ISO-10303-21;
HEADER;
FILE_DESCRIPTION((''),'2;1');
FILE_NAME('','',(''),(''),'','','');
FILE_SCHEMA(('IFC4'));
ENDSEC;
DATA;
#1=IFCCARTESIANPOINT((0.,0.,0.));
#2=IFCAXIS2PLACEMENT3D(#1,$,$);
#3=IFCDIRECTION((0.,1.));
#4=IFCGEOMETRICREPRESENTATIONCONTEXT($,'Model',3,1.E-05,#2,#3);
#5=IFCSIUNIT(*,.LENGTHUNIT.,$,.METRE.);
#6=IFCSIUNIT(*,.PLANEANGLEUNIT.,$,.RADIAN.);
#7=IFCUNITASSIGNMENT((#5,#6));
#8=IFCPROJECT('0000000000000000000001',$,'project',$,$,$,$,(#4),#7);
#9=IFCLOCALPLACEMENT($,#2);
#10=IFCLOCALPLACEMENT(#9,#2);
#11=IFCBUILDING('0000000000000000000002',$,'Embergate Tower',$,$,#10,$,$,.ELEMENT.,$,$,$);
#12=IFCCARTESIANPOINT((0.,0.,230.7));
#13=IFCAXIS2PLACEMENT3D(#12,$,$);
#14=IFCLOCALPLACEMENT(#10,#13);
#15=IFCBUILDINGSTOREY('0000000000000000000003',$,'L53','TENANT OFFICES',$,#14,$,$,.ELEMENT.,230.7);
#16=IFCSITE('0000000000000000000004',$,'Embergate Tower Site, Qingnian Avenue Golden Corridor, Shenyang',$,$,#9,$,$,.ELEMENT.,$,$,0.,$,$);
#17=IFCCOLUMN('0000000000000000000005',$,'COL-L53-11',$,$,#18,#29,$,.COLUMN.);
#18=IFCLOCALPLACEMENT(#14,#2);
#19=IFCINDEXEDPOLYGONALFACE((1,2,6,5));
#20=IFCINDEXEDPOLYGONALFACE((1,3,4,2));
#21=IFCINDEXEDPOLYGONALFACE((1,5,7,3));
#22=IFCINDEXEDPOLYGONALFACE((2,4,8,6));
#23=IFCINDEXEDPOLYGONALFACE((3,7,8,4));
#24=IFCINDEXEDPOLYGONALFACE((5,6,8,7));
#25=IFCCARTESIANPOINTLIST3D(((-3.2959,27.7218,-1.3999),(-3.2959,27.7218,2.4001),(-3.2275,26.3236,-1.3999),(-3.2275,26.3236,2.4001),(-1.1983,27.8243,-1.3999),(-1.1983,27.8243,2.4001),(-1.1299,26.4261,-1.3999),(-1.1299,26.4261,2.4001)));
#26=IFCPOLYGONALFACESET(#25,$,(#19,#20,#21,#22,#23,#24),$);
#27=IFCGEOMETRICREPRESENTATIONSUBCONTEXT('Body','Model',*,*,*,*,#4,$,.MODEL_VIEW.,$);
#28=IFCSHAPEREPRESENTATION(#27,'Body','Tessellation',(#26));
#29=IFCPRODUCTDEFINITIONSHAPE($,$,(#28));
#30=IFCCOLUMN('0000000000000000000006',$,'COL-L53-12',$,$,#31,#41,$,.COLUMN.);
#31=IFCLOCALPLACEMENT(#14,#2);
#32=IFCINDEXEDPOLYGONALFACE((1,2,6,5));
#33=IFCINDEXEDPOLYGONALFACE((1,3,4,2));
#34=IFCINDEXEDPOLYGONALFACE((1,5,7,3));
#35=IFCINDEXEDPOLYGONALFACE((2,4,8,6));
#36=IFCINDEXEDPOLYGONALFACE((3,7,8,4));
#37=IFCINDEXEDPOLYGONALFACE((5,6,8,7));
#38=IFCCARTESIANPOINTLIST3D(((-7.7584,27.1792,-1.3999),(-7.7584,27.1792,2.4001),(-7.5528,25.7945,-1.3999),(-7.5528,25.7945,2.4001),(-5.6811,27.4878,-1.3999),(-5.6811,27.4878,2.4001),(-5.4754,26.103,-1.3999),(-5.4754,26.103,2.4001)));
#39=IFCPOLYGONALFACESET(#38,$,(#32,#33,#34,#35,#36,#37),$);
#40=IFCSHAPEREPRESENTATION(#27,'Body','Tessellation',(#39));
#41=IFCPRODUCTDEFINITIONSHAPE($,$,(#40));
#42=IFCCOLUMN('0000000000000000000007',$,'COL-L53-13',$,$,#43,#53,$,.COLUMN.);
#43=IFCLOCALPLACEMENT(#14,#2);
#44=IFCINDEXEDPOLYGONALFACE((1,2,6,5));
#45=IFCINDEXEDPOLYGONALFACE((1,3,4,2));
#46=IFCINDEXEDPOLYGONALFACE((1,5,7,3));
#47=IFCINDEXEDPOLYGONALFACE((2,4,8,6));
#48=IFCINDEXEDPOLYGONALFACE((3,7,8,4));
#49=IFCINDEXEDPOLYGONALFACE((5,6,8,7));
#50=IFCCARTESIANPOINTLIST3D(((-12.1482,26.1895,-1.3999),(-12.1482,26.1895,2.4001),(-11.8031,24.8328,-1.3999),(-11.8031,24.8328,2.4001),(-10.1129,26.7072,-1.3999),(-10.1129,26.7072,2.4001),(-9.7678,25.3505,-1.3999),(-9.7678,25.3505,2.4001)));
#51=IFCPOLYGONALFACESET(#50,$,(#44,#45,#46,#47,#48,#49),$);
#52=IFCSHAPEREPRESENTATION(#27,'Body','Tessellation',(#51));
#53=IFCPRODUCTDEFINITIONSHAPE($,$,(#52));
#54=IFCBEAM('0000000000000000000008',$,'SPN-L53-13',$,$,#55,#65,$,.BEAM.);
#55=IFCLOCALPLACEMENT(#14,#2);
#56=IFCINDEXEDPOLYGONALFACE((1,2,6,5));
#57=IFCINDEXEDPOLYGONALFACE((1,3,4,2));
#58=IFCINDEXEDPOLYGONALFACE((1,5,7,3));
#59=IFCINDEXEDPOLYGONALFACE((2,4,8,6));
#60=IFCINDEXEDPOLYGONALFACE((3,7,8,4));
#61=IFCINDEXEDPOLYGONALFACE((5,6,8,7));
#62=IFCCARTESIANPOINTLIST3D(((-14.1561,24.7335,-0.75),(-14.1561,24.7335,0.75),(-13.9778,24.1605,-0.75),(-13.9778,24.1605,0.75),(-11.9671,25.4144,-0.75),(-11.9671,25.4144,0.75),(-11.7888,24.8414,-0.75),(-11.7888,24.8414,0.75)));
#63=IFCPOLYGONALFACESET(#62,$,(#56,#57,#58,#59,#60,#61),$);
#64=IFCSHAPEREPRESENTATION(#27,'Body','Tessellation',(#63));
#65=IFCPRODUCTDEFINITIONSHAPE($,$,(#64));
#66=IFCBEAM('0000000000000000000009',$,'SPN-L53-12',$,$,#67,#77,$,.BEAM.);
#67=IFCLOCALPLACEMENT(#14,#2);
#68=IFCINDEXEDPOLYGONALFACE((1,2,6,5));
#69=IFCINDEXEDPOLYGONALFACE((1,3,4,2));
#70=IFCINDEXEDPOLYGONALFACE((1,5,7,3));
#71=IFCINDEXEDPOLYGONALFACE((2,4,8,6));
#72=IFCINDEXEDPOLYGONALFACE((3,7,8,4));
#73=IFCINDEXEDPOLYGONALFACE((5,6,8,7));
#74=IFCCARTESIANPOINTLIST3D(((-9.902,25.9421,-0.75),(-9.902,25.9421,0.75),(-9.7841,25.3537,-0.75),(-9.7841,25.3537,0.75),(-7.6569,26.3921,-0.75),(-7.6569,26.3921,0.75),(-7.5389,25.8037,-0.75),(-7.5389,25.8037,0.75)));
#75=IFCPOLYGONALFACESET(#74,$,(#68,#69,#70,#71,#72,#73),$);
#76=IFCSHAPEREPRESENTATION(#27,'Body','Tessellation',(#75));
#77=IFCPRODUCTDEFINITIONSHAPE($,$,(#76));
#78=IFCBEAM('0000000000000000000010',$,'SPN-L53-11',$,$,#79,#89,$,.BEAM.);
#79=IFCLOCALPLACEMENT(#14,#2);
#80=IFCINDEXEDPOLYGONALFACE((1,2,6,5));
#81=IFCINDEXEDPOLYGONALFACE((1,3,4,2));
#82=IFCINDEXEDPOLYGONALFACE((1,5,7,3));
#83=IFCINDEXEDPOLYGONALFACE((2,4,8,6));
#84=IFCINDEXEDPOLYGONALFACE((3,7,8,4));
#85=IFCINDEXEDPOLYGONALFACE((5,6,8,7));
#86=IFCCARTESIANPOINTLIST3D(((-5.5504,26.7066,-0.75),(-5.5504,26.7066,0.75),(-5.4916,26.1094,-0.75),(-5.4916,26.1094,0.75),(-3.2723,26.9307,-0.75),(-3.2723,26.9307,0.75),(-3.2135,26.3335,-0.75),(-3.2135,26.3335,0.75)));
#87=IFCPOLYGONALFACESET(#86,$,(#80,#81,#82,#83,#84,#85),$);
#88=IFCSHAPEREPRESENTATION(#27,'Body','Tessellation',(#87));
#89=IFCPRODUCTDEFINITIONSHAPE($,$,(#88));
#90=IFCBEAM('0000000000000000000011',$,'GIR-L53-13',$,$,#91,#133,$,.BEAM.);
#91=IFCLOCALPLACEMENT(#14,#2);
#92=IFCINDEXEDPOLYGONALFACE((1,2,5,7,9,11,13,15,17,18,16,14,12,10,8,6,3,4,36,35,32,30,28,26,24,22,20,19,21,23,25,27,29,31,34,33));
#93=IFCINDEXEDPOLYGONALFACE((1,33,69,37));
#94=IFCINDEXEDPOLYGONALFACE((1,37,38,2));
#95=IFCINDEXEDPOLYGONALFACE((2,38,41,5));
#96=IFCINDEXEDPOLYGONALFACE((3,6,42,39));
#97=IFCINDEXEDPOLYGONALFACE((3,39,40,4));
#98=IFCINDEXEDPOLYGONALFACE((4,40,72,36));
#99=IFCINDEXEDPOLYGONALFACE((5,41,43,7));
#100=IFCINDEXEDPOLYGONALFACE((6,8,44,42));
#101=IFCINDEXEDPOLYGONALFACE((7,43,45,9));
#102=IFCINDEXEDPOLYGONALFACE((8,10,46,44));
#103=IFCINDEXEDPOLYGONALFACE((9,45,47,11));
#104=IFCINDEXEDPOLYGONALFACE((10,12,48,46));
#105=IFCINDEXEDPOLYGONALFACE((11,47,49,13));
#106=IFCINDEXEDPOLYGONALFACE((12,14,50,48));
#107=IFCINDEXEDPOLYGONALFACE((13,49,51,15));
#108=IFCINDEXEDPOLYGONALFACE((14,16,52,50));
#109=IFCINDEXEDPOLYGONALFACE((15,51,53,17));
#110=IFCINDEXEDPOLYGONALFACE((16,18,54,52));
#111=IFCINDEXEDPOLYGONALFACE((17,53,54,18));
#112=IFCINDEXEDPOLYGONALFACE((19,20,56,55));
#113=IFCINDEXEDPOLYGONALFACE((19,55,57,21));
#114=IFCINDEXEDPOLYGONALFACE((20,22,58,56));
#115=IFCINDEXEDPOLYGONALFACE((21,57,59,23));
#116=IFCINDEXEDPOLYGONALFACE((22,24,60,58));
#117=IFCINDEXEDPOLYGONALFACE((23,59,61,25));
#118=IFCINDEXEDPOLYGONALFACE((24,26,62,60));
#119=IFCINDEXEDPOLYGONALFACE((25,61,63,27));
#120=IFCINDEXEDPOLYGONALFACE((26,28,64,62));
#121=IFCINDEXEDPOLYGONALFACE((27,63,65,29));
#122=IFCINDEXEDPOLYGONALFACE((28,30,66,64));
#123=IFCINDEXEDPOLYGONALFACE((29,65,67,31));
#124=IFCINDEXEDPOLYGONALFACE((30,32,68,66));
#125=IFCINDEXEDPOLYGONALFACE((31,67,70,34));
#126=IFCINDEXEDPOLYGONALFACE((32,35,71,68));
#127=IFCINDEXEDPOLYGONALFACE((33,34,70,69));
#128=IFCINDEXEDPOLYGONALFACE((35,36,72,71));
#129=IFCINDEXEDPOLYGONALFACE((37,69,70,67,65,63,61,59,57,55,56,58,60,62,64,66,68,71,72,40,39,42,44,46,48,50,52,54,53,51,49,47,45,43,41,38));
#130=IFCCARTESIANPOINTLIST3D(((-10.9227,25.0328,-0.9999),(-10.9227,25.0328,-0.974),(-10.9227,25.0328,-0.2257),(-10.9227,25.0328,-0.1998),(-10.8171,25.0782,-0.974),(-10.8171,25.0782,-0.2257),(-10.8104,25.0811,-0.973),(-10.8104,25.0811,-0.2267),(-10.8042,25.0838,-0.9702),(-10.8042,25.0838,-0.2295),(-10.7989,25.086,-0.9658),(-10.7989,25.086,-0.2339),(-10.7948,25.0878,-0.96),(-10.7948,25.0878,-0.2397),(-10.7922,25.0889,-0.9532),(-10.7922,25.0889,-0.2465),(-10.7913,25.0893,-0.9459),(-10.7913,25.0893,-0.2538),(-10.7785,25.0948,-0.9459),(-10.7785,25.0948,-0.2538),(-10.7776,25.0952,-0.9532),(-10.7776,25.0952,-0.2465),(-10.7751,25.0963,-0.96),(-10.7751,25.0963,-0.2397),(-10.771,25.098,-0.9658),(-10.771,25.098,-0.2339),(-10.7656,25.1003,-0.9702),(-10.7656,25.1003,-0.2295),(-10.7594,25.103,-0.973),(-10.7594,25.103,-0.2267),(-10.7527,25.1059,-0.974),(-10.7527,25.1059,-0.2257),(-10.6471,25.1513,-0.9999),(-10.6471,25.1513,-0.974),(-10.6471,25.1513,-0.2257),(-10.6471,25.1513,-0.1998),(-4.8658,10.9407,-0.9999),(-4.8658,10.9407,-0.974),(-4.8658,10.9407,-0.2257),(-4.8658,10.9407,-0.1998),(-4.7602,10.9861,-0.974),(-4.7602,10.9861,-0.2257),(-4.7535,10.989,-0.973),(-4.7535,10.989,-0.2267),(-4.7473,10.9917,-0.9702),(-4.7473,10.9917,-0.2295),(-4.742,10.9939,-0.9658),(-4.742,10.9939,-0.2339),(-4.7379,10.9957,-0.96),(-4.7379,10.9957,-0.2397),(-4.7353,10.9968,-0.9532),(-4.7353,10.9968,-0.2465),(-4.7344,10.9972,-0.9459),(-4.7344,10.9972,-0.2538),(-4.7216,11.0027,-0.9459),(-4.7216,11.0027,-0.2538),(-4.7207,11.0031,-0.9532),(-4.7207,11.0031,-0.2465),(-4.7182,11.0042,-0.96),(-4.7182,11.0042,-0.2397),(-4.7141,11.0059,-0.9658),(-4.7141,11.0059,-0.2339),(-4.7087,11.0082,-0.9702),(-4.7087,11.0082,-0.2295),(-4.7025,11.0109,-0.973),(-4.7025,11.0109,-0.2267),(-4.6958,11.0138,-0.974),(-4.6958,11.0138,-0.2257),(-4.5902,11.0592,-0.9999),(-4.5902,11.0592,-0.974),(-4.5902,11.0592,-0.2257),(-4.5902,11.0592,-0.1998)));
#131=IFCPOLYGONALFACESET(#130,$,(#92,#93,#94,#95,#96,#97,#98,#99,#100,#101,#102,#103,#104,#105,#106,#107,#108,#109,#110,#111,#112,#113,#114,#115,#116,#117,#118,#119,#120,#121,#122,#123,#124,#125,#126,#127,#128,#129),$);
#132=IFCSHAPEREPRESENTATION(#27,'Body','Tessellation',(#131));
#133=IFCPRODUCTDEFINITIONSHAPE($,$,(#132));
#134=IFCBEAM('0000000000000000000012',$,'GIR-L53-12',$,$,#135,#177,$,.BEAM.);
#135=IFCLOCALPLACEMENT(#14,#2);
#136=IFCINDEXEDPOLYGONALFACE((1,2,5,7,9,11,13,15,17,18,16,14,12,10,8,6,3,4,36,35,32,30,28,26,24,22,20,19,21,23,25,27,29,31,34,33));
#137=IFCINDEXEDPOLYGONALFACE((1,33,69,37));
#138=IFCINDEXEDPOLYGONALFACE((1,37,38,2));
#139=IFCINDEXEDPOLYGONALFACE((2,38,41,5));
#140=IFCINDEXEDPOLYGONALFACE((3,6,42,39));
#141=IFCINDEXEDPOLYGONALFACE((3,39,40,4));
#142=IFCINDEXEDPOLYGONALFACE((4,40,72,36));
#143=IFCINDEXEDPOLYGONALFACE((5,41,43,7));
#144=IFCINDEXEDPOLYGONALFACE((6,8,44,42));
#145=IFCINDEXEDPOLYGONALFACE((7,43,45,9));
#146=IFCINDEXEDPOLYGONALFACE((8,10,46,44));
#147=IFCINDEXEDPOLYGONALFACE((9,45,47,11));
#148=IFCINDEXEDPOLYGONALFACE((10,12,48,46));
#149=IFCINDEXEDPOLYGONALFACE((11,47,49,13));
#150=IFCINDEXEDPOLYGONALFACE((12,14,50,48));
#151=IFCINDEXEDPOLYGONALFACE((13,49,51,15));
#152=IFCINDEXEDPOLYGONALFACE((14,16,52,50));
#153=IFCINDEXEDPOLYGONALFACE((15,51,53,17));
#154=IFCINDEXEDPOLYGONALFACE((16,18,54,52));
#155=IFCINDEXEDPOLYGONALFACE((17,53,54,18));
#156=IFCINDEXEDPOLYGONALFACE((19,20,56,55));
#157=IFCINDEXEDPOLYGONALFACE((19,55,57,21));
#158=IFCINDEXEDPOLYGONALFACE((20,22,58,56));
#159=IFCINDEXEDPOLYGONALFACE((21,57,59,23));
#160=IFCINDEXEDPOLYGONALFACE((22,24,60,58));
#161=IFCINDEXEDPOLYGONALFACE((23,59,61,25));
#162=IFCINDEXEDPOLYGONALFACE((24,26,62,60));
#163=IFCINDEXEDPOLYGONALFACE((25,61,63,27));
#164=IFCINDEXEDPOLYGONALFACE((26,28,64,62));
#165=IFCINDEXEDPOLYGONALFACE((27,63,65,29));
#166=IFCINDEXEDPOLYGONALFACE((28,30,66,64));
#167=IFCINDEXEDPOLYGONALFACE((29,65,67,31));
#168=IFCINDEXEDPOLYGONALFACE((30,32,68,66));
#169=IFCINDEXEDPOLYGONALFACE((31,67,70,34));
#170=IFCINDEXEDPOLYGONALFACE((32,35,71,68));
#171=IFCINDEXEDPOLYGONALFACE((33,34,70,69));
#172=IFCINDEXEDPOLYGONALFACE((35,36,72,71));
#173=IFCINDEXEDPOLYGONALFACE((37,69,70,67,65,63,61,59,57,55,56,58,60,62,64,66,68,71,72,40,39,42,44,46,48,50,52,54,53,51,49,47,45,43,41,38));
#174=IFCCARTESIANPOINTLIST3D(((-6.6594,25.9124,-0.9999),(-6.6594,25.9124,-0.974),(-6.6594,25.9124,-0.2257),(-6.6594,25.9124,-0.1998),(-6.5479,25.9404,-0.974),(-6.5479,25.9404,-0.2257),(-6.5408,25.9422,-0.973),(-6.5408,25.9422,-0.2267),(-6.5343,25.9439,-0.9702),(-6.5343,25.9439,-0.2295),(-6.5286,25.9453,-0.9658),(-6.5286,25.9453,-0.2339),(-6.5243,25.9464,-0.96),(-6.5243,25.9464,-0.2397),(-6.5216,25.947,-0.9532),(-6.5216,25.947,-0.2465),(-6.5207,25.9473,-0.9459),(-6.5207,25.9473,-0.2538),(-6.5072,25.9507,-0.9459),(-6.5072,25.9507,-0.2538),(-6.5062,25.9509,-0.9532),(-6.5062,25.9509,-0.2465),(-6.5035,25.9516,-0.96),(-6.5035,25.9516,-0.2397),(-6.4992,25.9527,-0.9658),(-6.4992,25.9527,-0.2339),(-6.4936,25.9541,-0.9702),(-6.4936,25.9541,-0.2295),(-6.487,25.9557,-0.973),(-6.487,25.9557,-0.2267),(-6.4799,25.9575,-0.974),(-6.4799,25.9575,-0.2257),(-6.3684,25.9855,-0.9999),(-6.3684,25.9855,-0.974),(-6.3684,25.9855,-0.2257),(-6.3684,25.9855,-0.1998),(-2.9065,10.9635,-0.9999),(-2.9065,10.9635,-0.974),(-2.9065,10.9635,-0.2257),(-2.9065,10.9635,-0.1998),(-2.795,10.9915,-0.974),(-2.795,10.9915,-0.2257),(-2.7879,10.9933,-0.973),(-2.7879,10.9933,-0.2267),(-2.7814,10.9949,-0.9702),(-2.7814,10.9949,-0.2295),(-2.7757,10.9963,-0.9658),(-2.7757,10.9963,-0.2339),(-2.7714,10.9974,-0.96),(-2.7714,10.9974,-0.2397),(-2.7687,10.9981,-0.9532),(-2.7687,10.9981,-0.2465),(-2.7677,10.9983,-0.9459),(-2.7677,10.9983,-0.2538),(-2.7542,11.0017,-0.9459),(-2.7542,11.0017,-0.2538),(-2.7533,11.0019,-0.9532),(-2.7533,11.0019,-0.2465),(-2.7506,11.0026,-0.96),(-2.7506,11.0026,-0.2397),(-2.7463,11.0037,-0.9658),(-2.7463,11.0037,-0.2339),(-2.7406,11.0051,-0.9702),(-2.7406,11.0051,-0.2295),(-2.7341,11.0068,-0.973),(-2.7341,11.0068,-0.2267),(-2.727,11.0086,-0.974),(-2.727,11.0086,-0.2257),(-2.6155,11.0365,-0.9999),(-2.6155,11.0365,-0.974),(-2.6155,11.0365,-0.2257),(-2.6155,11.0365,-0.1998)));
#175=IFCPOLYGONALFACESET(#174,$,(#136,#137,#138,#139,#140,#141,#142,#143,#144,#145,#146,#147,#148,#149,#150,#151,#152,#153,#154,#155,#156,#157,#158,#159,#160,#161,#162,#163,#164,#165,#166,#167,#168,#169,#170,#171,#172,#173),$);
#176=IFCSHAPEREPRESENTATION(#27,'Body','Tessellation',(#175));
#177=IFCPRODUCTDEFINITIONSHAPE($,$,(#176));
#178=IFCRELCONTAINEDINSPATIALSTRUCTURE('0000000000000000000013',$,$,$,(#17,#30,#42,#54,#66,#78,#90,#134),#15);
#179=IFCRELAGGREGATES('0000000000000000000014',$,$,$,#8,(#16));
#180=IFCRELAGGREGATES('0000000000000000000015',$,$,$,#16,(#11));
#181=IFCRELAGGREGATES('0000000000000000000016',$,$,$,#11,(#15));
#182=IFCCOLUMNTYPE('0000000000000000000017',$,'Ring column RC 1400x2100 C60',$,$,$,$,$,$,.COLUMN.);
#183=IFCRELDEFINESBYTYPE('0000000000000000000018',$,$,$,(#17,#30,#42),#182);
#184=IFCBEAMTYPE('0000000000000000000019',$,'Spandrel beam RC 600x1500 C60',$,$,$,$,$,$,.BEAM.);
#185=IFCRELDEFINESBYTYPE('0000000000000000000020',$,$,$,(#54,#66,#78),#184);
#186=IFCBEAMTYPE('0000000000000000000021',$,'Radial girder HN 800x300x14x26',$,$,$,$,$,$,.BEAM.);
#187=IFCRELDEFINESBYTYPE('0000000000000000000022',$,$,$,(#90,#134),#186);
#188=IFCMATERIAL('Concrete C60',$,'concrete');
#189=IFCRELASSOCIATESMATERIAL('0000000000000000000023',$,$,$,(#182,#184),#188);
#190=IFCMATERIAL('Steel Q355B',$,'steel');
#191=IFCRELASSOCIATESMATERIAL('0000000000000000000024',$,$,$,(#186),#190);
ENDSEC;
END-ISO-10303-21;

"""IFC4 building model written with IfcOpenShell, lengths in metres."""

from ifc_helpers import new_model, si_unit, direction, frame, origin, origin_2d, place, context, subcontext, project, spatial, rectangle, i_section, extrude, source, transform, mapped, material, material_profile, profile_set, type_object, element, save


model = new_model("IFC4")

# Units and contexts
model_context = context("Model", 3, precision=1e-05, world=origin(), true_north=direction((0.0, 1.0)))
body_context = subcontext(model_context, "Body", "Model", "MODEL_VIEW")
ifc_project = project(units=[si_unit("LENGTHUNIT", "METRE"), si_unit("PLANEANGLEUNIT", "RADIAN")], contexts=[model_context])

# Site, building, storey
site_placement = place(None, origin())
site = spatial("IfcSite", under=ifc_project, at=site_placement, Name="Embergate Tower Site, Qingnian Avenue Golden Corridor, Shenyang", CompositionType="ELEMENT", RefElevation=0.0)
building_placement = place(site_placement, origin())
building = spatial("IfcBuilding", under=site, at=building_placement, Name="Embergate Tower", CompositionType="ELEMENT")
storey_placement = place(building_placement, frame((0.0, 0.0, 230.7)))
storey = spatial("IfcBuildingStorey", under=building, at=storey_placement, Name="L53", Description="TENANT OFFICES", CompositionType="ELEMENT", Elevation=230.7)

# Columns
ifc_material_1 = material(Name="Concrete C60", Category="concrete")
ifc_material_profile_1 = material_profile(ifc_material_1, rectangle(XDim=1.3999, YDim=2.1001, at=origin_2d()), Name="RC 1400x2100")
ifc_profile_set_1 = profile_set([ifc_material_profile_1], Name="Concrete C60")
column_type = type_object("IfcColumnType", Name="Ring column RC 1400x2100 C60", PredefinedType="COLUMN", material=ifc_profile_set_1)
shared_shape_1 = source(origin(), body_context, "Body", "SweptSolid", [
    extrude(rectangle(XDim=1.3999, YDim=2.1001, at=origin_2d()), origin(), (0.0, 0.0, 1.0), 3.8),
])
for number, where, z_axis, x_axis, name in (
    (1, (-2.2129, 27.074, -1.3999), (0.0, 0.0, 1.0), (-0.048815, 0.998808, 0.0), "COL-L53-11"),
    (2, (-6.6169, 26.6411, -1.3999), (0.0, 0.0, 1.0), (-0.146929, 0.989147, 0.0), "COL-L53-12"),
    (3, (-10.958, 25.77, -1.3999), (0.0, 0.0, 1.0), (-0.246509, 0.969141, 0.0), "COL-L53-13"),
):
    element("IfcColumn", number, at=place(storey_placement, frame(where, z_axis=z_axis, x_axis=x_axis)), inside=storey, type_object=column_type, Name=name, PredefinedType="COLUMN", context=body_context, shape_type="MappedRepresentation", body=[
        mapped(shared_shape_1, transform((0.0, 0.0, 0.0))),
    ])

# Beams
ifc_material_profile_2 = material_profile(ifc_material_1, rectangle(XDim=0.6001, YDim=1.5, at=origin_2d()), Name="RC 600x1500")
ifc_profile_set_2 = profile_set([ifc_material_profile_2], Name="Concrete C60")
beam_type_1 = type_object("IfcBeamType", Name="Spandrel beam RC 600x1500 C60", PredefinedType="BEAM", material=ifc_profile_set_2)
shared_shape_2 = source(origin(), body_context, "Body", "SweptSolid", [
    extrude(rectangle(XDim=0.6001, YDim=1.5, at=origin_2d()), origin(), (0.0, 0.0, 1.0), 2.2925),
])
beam_1_placement = place(storey_placement, frame((-11.8779, 25.1279, 0.0), z_axis=(-0.95487, -0.297026, 0.0), x_axis=(0.297026, -0.95487, 0.0)))
element("IfcBeam", 4, at=beam_1_placement, inside=storey, type_object=beam_type_1, Name="SPN-L53-13", PredefinedType="BEAM", context=body_context, shape_type="MappedRepresentation", body=[
    mapped(shared_shape_2, transform((0.0, 0.0, 0.0))),
])
shared_shape_3 = source(origin(), body_context, "Body", "SweptSolid", [
    extrude(rectangle(XDim=0.6001, YDim=1.5, at=origin_2d()), origin(), (0.0, 0.0, 1.0), 2.2898),
])
beam_2_placement = place(storey_placement, frame((-7.5979, 26.0979, 0.0), z_axis=(-0.980503, -0.196506, 0.0), x_axis=(0.196506, -0.980503, 0.0)))
element("IfcBeam", 5, at=beam_2_placement, inside=storey, type_object=beam_type_1, Name="SPN-L53-12", PredefinedType="BEAM", context=body_context, shape_type="MappedRepresentation", body=[
    mapped(shared_shape_3, transform((0.0, 0.0, 0.0))),
])
shared_shape_4 = source(origin(), body_context, "Body", "SweptSolid", [
    extrude(rectangle(XDim=0.6001, YDim=1.5, at=origin_2d()), origin(), (0.0, 0.0, 1.0), 2.2891),
])
beam_3_placement = place(storey_placement, frame((-3.2429, 26.6321, 0.0), z_axis=(-0.995195, -0.097909, 0.0), x_axis=(0.097909, -0.995195, 0.0)))
element("IfcBeam", 6, at=beam_3_placement, inside=storey, type_object=beam_type_1, Name="SPN-L53-11", PredefinedType="BEAM", context=body_context, shape_type="MappedRepresentation", body=[
    mapped(shared_shape_4, transform((0.0, 0.0, 0.0))),
])
ifc_material_2 = material(Name="Steel Q355B", Category="steel")
ifc_material_profile_3 = material_profile(ifc_material_2, i_section(OverallWidth=0.3, OverallDepth=0.8, WebThickness=0.0139, FlangeThickness=0.0259, FilletRadius=0.0281, at=origin_2d()), Name="HN 800x300x14x26")
ifc_profile_set_3 = profile_set([ifc_material_profile_3], Name="Steel Q355 grade B")
beam_type_2 = type_object("IfcBeamType", Name="Radial girder HN 800x300x14x26", PredefinedType="BEAM", material=ifc_profile_set_3)
shared_shape_5 = source(origin(), body_context, "Body", "SweptSolid", [
    extrude(i_section(OverallWidth=0.3, OverallDepth=0.8, WebThickness=0.0139, FlangeThickness=0.0259, FilletRadius=0.0281, at=origin_2d()), origin(), (0.0, 0.0, 1.0), 15.3386),
])
beam_4_placement = place(storey_placement, frame((-10.7849, 25.092, -0.5999), z_axis=(0.39488, -0.918733, 0.0), x_axis=(0.918733, 0.39488, 0.0)))
element("IfcBeam", 7, at=beam_4_placement, inside=storey, type_object=beam_type_2, Name="GIR-L53-13", PredefinedType="BEAM", context=body_context, shape_type="MappedRepresentation", body=[
    mapped(shared_shape_5, transform((0.0, 0.0, 0.0))),
])
shared_shape_6 = source(origin(), body_context, "Body", "SweptSolid", [
    extrude(i_section(OverallWidth=0.3, OverallDepth=0.8, WebThickness=0.0139, FlangeThickness=0.0259, FilletRadius=0.0281, at=origin_2d()), origin(), (0.0, 0.0, 1.0), 15.4128),
])
beam_5_placement = place(storey_placement, frame((-6.5139, 25.949, -0.5999), z_axis=(0.243493, -0.969903, 0.0), x_axis=(0.969903, 0.243493, 0.0)))
element("IfcBeam", 8, at=beam_5_placement, inside=storey, type_object=beam_type_2, Name="GIR-L53-12", PredefinedType="BEAM", context=body_context, shape_type="MappedRepresentation", body=[
    mapped(shared_shape_6, transform((0.0, 0.0, 0.0))),
])

save(model, "model.ifc")
